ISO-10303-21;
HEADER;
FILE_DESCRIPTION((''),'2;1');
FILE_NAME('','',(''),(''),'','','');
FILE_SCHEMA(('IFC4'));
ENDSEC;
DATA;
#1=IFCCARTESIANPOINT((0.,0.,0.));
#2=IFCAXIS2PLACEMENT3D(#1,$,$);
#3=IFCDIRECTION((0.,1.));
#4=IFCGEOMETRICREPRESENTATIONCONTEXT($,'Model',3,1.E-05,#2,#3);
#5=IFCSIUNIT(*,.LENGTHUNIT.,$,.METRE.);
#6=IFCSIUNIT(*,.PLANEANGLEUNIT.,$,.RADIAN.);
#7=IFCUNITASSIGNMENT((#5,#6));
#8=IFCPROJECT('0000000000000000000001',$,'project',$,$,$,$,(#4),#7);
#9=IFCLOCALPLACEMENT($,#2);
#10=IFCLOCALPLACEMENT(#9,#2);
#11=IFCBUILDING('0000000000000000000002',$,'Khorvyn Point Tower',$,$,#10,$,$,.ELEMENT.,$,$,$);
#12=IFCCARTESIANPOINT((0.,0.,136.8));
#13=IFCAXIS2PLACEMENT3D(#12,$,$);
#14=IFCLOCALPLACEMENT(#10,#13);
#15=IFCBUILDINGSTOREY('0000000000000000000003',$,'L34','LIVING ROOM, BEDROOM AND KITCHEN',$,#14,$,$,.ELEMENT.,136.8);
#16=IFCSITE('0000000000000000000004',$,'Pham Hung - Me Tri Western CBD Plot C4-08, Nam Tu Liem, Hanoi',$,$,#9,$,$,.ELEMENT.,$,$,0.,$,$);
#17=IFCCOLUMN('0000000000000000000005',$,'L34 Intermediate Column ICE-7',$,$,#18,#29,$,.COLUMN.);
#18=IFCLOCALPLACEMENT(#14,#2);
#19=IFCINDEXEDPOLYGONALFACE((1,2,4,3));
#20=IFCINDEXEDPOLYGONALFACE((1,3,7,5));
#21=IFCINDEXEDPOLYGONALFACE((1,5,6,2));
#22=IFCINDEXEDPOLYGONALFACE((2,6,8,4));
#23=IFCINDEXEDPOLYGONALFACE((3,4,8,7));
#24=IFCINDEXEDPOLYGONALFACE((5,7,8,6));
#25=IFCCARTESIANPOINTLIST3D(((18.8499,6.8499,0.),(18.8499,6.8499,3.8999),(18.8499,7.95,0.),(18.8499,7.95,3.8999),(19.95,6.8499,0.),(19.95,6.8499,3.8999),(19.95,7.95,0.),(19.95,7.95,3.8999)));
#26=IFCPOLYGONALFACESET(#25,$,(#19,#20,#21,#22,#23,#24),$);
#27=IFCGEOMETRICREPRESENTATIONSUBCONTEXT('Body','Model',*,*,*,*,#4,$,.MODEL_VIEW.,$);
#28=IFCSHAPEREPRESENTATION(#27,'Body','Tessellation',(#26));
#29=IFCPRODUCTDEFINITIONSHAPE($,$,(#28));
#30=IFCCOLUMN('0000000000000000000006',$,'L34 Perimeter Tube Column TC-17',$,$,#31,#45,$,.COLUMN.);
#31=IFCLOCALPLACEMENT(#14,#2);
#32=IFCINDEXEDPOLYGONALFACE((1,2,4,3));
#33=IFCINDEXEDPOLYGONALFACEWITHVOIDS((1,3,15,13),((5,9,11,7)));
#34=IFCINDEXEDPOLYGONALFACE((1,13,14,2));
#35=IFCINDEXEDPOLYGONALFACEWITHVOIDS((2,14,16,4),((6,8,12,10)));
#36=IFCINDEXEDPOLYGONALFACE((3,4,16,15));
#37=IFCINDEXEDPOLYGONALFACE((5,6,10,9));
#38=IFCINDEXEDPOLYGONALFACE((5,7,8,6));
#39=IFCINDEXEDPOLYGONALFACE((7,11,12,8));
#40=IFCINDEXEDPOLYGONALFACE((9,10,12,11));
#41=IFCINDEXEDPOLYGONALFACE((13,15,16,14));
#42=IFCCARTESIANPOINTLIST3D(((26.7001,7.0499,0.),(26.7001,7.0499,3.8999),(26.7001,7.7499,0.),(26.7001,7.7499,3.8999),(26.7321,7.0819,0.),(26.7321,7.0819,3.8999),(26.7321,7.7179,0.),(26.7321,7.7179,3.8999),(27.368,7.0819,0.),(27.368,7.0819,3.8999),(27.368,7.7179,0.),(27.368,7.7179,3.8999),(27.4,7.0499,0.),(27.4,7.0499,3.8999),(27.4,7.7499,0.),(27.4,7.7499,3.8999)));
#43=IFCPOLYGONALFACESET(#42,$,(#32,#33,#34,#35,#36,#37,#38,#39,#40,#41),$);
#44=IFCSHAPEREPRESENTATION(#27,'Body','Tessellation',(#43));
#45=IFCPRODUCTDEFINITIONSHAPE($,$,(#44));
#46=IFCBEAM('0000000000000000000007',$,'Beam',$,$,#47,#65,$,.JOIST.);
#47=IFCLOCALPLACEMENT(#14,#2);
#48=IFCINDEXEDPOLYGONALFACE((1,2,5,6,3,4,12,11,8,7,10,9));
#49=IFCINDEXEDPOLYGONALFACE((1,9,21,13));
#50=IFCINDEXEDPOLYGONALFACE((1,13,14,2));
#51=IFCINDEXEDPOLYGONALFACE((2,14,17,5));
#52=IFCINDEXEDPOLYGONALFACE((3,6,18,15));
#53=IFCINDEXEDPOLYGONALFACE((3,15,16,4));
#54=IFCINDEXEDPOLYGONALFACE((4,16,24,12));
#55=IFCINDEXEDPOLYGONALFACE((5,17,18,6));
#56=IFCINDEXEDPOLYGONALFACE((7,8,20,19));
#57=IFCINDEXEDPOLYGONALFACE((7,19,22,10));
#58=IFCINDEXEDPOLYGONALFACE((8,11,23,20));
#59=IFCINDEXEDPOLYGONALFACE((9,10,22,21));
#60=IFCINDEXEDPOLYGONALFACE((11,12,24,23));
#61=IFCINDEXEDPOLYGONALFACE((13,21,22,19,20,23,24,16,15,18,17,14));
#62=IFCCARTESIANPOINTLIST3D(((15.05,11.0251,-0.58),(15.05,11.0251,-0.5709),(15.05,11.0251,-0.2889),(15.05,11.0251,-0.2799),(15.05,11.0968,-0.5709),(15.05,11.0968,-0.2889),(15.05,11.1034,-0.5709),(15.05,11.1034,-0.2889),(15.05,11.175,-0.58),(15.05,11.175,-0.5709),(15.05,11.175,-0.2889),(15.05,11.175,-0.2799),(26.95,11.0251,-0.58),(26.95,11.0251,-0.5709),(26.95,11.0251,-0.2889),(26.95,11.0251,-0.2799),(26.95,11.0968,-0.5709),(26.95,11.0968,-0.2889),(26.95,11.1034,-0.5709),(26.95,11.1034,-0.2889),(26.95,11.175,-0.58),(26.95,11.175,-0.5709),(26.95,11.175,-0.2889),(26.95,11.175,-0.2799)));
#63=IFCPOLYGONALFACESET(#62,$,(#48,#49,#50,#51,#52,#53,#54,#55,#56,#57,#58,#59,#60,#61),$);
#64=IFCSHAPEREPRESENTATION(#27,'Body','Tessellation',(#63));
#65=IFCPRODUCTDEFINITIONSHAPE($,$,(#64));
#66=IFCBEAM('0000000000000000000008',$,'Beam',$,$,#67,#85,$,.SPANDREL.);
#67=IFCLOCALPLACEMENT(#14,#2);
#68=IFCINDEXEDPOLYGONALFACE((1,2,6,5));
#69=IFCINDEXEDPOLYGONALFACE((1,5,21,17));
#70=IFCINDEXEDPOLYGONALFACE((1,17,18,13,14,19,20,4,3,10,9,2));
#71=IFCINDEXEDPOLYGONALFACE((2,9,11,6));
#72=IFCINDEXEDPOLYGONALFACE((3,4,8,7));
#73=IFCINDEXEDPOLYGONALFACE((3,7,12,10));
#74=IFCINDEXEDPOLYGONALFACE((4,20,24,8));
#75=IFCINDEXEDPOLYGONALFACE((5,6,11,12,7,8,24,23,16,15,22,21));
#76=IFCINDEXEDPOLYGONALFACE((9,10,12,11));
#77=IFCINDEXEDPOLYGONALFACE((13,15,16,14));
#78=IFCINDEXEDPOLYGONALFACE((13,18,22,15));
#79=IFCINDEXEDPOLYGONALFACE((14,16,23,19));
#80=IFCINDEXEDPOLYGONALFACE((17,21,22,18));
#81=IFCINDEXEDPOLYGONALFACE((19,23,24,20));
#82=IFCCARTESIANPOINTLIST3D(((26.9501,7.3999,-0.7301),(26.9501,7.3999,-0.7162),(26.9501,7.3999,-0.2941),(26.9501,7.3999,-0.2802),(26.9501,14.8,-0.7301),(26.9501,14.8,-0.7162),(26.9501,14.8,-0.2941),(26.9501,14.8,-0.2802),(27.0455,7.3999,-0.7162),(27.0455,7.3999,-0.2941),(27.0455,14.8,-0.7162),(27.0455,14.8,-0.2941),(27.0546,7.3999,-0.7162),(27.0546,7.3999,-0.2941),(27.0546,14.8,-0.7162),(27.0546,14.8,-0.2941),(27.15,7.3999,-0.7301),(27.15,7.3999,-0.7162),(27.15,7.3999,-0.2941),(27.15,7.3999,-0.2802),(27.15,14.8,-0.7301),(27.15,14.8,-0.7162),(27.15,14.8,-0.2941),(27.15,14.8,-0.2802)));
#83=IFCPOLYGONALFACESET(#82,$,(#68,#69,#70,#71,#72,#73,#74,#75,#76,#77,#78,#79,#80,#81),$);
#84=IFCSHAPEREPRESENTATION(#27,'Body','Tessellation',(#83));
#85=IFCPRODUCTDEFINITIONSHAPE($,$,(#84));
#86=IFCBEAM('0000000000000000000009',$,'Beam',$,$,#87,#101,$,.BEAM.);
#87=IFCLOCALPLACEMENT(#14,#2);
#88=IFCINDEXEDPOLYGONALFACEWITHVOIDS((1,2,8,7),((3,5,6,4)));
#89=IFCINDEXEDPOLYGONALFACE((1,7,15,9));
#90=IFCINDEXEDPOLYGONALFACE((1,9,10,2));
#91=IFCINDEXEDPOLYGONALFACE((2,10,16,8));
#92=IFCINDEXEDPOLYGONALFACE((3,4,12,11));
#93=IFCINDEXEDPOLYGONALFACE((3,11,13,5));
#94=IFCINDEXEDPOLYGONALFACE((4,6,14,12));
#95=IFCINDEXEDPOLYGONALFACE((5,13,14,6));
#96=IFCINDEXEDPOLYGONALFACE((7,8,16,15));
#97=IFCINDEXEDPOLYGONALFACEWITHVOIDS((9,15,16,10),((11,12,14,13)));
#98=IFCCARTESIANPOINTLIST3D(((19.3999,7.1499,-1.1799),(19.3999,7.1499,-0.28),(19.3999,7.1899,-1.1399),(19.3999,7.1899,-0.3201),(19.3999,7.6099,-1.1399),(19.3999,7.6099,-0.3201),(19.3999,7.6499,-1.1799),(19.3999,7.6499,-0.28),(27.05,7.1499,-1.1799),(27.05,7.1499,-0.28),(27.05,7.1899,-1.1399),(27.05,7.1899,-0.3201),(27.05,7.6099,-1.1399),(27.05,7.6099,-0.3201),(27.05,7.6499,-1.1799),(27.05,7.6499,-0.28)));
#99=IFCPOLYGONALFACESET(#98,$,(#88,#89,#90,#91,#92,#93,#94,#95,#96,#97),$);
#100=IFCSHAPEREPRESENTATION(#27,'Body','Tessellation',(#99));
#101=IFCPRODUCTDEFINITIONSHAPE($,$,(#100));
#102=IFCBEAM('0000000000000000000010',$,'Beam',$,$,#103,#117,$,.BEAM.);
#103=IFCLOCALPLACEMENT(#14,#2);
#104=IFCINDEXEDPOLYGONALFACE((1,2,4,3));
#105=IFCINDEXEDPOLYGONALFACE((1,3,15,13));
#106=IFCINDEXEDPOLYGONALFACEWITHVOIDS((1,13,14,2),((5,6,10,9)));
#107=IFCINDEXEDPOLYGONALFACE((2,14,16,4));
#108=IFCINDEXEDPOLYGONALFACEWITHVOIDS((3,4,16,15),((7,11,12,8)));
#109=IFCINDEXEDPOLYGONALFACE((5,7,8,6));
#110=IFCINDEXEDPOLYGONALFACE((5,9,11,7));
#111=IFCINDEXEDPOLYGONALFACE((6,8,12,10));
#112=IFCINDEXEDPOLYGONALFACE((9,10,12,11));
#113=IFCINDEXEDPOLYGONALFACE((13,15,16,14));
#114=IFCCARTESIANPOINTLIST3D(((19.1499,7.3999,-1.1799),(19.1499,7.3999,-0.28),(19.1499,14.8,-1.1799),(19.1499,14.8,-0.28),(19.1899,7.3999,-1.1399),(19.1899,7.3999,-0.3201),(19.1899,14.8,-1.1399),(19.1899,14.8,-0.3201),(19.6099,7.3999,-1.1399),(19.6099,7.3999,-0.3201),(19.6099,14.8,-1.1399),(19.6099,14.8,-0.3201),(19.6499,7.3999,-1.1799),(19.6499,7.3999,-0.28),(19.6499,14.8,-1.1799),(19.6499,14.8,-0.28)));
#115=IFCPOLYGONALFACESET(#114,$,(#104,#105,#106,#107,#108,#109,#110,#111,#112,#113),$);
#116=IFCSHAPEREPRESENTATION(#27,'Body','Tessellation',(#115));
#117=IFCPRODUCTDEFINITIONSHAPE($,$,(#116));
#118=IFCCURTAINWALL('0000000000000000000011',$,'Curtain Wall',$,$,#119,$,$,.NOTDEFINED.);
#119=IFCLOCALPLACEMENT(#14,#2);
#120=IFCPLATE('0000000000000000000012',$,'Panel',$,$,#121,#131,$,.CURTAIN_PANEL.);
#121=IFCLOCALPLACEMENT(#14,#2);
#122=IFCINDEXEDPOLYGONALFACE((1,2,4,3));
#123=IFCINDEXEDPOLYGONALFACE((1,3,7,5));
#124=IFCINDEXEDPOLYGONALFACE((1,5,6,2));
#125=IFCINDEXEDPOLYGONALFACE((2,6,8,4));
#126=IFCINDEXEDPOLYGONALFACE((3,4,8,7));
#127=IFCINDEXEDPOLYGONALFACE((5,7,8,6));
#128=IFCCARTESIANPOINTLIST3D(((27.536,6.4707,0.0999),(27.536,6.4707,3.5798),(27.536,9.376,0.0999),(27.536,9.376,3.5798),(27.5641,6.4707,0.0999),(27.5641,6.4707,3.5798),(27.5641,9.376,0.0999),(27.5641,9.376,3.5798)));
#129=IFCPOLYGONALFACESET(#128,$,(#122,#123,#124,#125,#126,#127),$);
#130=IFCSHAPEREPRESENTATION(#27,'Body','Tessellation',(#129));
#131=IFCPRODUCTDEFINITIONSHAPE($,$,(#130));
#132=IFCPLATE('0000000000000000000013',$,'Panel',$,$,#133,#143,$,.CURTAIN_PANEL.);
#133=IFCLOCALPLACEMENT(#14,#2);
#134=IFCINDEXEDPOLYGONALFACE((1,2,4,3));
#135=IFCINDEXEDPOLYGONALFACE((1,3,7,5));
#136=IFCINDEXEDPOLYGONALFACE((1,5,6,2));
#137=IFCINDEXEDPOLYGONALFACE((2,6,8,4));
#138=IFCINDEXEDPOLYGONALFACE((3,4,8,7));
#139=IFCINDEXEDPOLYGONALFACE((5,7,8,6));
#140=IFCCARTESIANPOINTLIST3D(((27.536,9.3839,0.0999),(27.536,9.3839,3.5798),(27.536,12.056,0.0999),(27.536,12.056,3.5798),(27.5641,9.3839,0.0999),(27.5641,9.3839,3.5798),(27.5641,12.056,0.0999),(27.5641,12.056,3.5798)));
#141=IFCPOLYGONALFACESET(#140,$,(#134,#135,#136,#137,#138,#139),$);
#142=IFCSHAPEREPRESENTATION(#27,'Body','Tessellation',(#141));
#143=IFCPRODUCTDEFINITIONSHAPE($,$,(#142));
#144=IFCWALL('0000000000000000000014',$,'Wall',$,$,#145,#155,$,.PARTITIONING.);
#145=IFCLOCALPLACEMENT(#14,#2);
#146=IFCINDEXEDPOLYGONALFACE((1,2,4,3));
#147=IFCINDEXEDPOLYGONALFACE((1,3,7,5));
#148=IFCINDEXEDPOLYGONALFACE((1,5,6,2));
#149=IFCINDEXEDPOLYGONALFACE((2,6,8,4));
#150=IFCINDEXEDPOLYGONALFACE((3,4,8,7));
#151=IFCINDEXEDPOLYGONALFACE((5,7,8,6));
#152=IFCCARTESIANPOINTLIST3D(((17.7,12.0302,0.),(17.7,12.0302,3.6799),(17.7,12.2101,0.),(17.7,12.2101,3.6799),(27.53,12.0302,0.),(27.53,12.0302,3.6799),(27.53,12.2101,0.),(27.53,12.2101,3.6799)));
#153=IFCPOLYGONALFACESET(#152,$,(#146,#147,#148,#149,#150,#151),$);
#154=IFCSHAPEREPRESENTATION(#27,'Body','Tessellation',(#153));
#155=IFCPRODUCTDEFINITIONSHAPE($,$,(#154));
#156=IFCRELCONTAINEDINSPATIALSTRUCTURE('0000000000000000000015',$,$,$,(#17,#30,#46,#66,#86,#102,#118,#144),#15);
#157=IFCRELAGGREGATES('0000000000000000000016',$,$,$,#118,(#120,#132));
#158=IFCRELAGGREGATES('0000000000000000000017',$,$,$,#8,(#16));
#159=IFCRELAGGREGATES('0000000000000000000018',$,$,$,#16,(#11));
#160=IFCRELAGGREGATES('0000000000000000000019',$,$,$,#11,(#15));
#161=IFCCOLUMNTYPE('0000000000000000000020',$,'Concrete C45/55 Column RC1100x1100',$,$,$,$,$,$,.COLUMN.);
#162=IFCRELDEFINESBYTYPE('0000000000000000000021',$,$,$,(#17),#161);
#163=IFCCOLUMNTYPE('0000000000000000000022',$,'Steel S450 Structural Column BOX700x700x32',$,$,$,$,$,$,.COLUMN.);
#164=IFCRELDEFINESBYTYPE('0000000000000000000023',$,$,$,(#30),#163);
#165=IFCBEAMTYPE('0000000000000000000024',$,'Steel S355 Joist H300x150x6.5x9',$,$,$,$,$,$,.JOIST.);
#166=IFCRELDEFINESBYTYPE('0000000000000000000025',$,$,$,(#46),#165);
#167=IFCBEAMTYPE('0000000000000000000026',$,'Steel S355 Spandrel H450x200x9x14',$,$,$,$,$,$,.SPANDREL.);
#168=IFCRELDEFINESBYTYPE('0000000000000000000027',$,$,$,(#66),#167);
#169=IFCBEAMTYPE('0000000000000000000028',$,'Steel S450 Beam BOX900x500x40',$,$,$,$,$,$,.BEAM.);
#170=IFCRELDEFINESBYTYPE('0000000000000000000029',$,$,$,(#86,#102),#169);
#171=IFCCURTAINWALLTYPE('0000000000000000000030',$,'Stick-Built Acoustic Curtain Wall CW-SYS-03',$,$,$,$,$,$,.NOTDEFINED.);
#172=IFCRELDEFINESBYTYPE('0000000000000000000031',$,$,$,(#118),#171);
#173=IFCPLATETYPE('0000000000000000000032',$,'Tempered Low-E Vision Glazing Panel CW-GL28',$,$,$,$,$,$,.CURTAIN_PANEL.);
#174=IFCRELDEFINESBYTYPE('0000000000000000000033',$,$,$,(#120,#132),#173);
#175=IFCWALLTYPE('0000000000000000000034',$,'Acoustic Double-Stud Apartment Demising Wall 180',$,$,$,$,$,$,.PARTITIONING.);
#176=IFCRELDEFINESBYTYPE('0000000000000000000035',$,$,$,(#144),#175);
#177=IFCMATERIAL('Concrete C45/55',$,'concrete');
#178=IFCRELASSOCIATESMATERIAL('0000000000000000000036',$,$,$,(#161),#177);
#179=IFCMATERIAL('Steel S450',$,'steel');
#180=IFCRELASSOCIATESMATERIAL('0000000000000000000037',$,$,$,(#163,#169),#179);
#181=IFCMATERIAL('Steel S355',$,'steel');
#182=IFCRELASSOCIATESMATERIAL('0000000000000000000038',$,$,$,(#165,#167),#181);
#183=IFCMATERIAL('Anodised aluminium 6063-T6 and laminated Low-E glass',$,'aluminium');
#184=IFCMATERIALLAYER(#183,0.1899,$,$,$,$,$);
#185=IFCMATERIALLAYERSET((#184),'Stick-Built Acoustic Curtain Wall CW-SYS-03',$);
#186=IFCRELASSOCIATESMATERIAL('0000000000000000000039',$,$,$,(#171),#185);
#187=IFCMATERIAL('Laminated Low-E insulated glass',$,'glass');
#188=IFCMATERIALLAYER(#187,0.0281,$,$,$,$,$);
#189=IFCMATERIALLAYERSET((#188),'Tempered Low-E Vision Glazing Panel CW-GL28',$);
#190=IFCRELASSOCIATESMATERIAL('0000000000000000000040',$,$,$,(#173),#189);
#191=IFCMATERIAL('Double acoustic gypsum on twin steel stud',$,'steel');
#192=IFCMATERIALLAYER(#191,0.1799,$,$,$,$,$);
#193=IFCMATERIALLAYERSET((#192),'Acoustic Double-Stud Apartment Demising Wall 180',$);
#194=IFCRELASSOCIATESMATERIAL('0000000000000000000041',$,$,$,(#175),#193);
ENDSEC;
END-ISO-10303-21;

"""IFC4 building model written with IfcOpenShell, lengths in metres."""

from ifc_helpers import new_model, si_unit, direction, frame, frame_2d, origin, origin_2d, place, context, subcontext, project, spatial, rectangle, hollow_rectangle, i_section, extrude, material, layer, layer_set, material_profile, profile_set, type_object, element, aggregate, save


model = new_model("IFC4")

# Units and contexts
model_context = context("Model", 3, precision=1e-05, world=origin(), true_north=direction((0.0, 1.0)))
body_context = subcontext(model_context, "Body", "Model", "MODEL_VIEW")
ifc_project = project(units=[si_unit("LENGTHUNIT", "METRE"), si_unit("PLANEANGLEUNIT", "RADIAN")], contexts=[model_context])

# Site, building, storey
site_placement = place(None, origin())
site = spatial("IfcSite", under=ifc_project, at=site_placement, Name="Pham Hung - Me Tri Western CBD Plot C4-08, Nam Tu Liem, Hanoi", CompositionType="ELEMENT", RefElevation=0.0)
building_placement = place(site_placement, origin())
building = spatial("IfcBuilding", under=site, at=building_placement, Name="Khorvyn Point Tower", CompositionType="ELEMENT")
storey_placement = place(building_placement, frame((0.0, 0.0, 136.8)))
storey = spatial("IfcBuildingStorey", under=building, at=storey_placement, Name="L34", Description="LIVING ROOM, BEDROOM AND KITCHEN", CompositionType="ELEMENT", Elevation=136.8)

# Columns
ifc_material_1 = material(Name="Concrete C45/55", Category="concrete")
ifc_material_profile_1 = material_profile(ifc_material_1, rectangle(XDim=1.1001, YDim=1.1001, at=origin_2d()))
ifc_profile_set_1 = profile_set([ifc_material_profile_1], Name="Concrete C45/55 RC1100x1100")
column_type_1 = type_object("IfcColumnType", Name="Concrete C45/55 Column RC1100x1100", PredefinedType="COLUMN", material=ifc_profile_set_1)
column_1_placement = place(storey_placement, frame((19.3999, 7.3999, 0.0), z_axis=(0.0, 0.0, 1.0), x_axis=(1.0, 0.0, 0.0)))
element("IfcColumn", 1, at=column_1_placement, inside=storey, type_object=column_type_1, Name="L34 Intermediate Column ICE-7", PredefinedType="COLUMN", context=body_context, shape_type="SweptSolid", body=[
    extrude(rectangle(XDim=1.1001, YDim=1.1001, at=origin_2d()), origin(), (0.0, 0.0, 1.0), 3.8999),
])
ifc_material_2 = material(Name="Steel S450", Category="steel")
ifc_material_profile_2 = material_profile(ifc_material_2, hollow_rectangle(XDim=0.7, YDim=0.7, WallThickness=0.032, at=origin_2d()))
ifc_profile_set_2 = profile_set([ifc_material_profile_2], Name="Steel S450 BOX700x700x32")
column_type_2 = type_object("IfcColumnType", Name="Steel S450 Structural Column BOX700x700x32", PredefinedType="COLUMN", material=ifc_profile_set_2)
column_2_placement = place(storey_placement, frame((27.05, 7.3999, 0.0), z_axis=(0.0, 0.0, 1.0), x_axis=(1.0, 0.0, 0.0)))
element("IfcColumn", 2, at=column_2_placement, inside=storey, type_object=column_type_2, Name="L34 Perimeter Tube Column TC-17", PredefinedType="COLUMN", context=body_context, shape_type="SweptSolid", body=[
    extrude(hollow_rectangle(XDim=0.7, YDim=0.7, WallThickness=0.032, at=origin_2d()), origin(), (0.0, 0.0, 1.0), 3.8999),
])

# Beams
ifc_material_3 = material(Name="Steel S355", Category="steel")
ifc_material_profile_3 = material_profile(ifc_material_3, i_section(OverallWidth=0.1499, OverallDepth=0.3, WebThickness=0.0066, FlangeThickness=0.009, at=origin_2d()))
ifc_profile_set_3 = profile_set([ifc_material_profile_3], Name="Steel S355 H300x150x6.5x9")
beam_type_1 = type_object("IfcBeamType", Name="Steel S355 Joist H300x150x6.5x9", PredefinedType="JOIST", material=ifc_profile_set_3)
beam_1_placement = place(storey_placement, frame((15.05, 11.1001, -0.4299), z_axis=(1.0, 0.0, 0.0), x_axis=(0.0, 1.0, 0.0)))
element("IfcBeam", 3, at=beam_1_placement, inside=storey, type_object=beam_type_1, Name="Beam", PredefinedType="JOIST", context=body_context, shape_type="SweptSolid", body=[
    extrude(i_section(OverallWidth=0.1499, OverallDepth=0.3, WebThickness=0.0066, FlangeThickness=0.009, at=origin_2d()), origin(), (0.0, 0.0, 1.0), 11.8999),
])
ifc_material_profile_4 = material_profile(ifc_material_3, i_section(OverallWidth=0.2, OverallDepth=0.45, WebThickness=0.009, FlangeThickness=0.0139, at=origin_2d()))
ifc_profile_set_4 = profile_set([ifc_material_profile_4], Name="Steel S355 H450x200x9x14")
beam_type_2 = type_object("IfcBeamType", Name="Steel S355 Spandrel H450x200x9x14", PredefinedType="SPANDREL", material=ifc_profile_set_4)
beam_2_placement = place(storey_placement, frame((27.05, 7.3999, -0.5051), z_axis=(0.0, 1.0, 0.0), x_axis=(-1.0, 0.0, 0.0)))
element("IfcBeam", 4, at=beam_2_placement, inside=storey, type_object=beam_type_2, Name="Beam", PredefinedType="SPANDREL", context=body_context, shape_type="SweptSolid", body=[
    extrude(i_section(OverallWidth=0.2, OverallDepth=0.45, WebThickness=0.009, FlangeThickness=0.0139, at=origin_2d()), origin(), (0.0, 0.0, 1.0), 7.4001),
])
ifc_material_profile_5 = material_profile(ifc_material_2, hollow_rectangle(XDim=0.5, YDim=0.8999, WallThickness=0.04, at=origin_2d()))
ifc_profile_set_5 = profile_set([ifc_material_profile_5], Name="Steel S450 BOX900x500x40")
beam_type_3 = type_object("IfcBeamType", Name="Steel S450 Beam BOX900x500x40", PredefinedType="BEAM", material=ifc_profile_set_5)
beam_3_placement = place(storey_placement, frame((19.3999, 7.3999, -0.73), z_axis=(1.0, 0.0, 0.0), x_axis=(0.0, 1.0, 0.0)))
element("IfcBeam", 5, at=beam_3_placement, inside=storey, type_object=beam_type_3, Name="Beam", PredefinedType="BEAM", context=body_context, shape_type="SweptSolid", body=[
    extrude(hollow_rectangle(XDim=0.5, YDim=0.8999, WallThickness=0.04, at=origin_2d()), origin(), (0.0, 0.0, 1.0), 7.6501),
])
beam_4_placement = place(storey_placement, frame((19.3999, 7.3999, -0.73), z_axis=(0.0, 1.0, 0.0), x_axis=(-1.0, 0.0, 0.0)))
element("IfcBeam", 6, at=beam_4_placement, inside=storey, type_object=beam_type_3, Name="Beam", PredefinedType="BEAM", context=body_context, shape_type="SweptSolid", body=[
    extrude(hollow_rectangle(XDim=0.5, YDim=0.8999, WallThickness=0.04, at=origin_2d()), origin(), (0.0, 0.0, 1.0), 7.4001),
])

# Curtain wall, plates
ifc_material_4 = material(Name="Anodised aluminium 6063-T6 and laminated Low-E glass", Category="aluminium")
ifc_layer_1 = layer(ifc_material_4, 0.1899)
ifc_layer_set_1 = layer_set([ifc_layer_1], Name="Stick-Built Acoustic Curtain Wall CW-SYS-03")
curtain_wall_type = type_object("IfcCurtainWallType", Name="Stick-Built Acoustic Curtain Wall CW-SYS-03", PredefinedType="NOTDEFINED", material=ifc_layer_set_1)
curtain_wall_placement = place(storey_placement, origin())
curtain_wall = element("IfcCurtainWall", 7, at=curtain_wall_placement, inside=storey, type_object=curtain_wall_type, Name="Curtain Wall", PredefinedType="NOTDEFINED")
ifc_material_5 = material(Name="Laminated Low-E insulated glass", Category="glass")
ifc_layer_2 = layer(ifc_material_5, 0.0281)
ifc_layer_set_2 = layer_set([ifc_layer_2], Name="Tempered Low-E Vision Glazing Panel CW-GL28")
plate_type = type_object("IfcPlateType", Name="Tempered Low-E Vision Glazing Panel CW-GL28", PredefinedType="CURTAIN_PANEL", material=ifc_layer_set_2)
plate_1_placement = place(storey_placement, frame((27.55, 7.9233, 0.0999), z_axis=(0.0, 0.0, 1.0), x_axis=(0.0, -1.0, 0.0)))
plate_1 = element("IfcPlate", 8, at=plate_1_placement, type_object=plate_type, Name="Panel", PredefinedType="CURTAIN_PANEL", context=body_context, shape_type="SweptSolid", body=[
    extrude(rectangle(XDim=2.9053, YDim=0.0281, at=origin_2d()), origin(), (0.0, 0.0, 1.0), 3.48),
])
plate_2_placement = place(storey_placement, frame((27.55, 10.72, 0.0999), z_axis=(0.0, 0.0, 1.0), x_axis=(0.0, -1.0, 0.0)))
plate_2 = element("IfcPlate", 9, at=plate_2_placement, type_object=plate_type, Name="Panel", PredefinedType="CURTAIN_PANEL", context=body_context, shape_type="SweptSolid", body=[
    extrude(rectangle(XDim=2.6721, YDim=0.0281, at=origin_2d()), origin(), (0.0, 0.0, 1.0), 3.48),
])
aggregate(curtain_wall, [plate_1, plate_2])

# Wall
ifc_material_6 = material(Name="Double acoustic gypsum on twin steel stud", Category="steel")
ifc_layer_3 = layer(ifc_material_6, 0.1799)
ifc_layer_set_3 = layer_set([ifc_layer_3], Name="Acoustic Double-Stud Apartment Demising Wall 180")
wall_type_1 = type_object("IfcWallType", Name="Acoustic Double-Stud Apartment Demising Wall 180", PredefinedType="PARTITIONING", material=ifc_layer_set_3)
wall_1_placement = place(storey_placement, frame((17.7, 12.1201, 0.0), z_axis=(0.0, 0.0, 1.0), x_axis=(1.0, 0.0, 0.0)))
element("IfcWall", 10, at=wall_1_placement, inside=storey, type_object=wall_type_1, Name="Wall", PredefinedType="PARTITIONING", context=body_context, shape_type="SweptSolid", body=[
    extrude(rectangle(XDim=9.8301, YDim=0.1799, at=frame_2d((4.915, 0.0))), origin(), (0.0, 0.0, 1.0), 3.6799),
])

save(model, "model.ifc")
